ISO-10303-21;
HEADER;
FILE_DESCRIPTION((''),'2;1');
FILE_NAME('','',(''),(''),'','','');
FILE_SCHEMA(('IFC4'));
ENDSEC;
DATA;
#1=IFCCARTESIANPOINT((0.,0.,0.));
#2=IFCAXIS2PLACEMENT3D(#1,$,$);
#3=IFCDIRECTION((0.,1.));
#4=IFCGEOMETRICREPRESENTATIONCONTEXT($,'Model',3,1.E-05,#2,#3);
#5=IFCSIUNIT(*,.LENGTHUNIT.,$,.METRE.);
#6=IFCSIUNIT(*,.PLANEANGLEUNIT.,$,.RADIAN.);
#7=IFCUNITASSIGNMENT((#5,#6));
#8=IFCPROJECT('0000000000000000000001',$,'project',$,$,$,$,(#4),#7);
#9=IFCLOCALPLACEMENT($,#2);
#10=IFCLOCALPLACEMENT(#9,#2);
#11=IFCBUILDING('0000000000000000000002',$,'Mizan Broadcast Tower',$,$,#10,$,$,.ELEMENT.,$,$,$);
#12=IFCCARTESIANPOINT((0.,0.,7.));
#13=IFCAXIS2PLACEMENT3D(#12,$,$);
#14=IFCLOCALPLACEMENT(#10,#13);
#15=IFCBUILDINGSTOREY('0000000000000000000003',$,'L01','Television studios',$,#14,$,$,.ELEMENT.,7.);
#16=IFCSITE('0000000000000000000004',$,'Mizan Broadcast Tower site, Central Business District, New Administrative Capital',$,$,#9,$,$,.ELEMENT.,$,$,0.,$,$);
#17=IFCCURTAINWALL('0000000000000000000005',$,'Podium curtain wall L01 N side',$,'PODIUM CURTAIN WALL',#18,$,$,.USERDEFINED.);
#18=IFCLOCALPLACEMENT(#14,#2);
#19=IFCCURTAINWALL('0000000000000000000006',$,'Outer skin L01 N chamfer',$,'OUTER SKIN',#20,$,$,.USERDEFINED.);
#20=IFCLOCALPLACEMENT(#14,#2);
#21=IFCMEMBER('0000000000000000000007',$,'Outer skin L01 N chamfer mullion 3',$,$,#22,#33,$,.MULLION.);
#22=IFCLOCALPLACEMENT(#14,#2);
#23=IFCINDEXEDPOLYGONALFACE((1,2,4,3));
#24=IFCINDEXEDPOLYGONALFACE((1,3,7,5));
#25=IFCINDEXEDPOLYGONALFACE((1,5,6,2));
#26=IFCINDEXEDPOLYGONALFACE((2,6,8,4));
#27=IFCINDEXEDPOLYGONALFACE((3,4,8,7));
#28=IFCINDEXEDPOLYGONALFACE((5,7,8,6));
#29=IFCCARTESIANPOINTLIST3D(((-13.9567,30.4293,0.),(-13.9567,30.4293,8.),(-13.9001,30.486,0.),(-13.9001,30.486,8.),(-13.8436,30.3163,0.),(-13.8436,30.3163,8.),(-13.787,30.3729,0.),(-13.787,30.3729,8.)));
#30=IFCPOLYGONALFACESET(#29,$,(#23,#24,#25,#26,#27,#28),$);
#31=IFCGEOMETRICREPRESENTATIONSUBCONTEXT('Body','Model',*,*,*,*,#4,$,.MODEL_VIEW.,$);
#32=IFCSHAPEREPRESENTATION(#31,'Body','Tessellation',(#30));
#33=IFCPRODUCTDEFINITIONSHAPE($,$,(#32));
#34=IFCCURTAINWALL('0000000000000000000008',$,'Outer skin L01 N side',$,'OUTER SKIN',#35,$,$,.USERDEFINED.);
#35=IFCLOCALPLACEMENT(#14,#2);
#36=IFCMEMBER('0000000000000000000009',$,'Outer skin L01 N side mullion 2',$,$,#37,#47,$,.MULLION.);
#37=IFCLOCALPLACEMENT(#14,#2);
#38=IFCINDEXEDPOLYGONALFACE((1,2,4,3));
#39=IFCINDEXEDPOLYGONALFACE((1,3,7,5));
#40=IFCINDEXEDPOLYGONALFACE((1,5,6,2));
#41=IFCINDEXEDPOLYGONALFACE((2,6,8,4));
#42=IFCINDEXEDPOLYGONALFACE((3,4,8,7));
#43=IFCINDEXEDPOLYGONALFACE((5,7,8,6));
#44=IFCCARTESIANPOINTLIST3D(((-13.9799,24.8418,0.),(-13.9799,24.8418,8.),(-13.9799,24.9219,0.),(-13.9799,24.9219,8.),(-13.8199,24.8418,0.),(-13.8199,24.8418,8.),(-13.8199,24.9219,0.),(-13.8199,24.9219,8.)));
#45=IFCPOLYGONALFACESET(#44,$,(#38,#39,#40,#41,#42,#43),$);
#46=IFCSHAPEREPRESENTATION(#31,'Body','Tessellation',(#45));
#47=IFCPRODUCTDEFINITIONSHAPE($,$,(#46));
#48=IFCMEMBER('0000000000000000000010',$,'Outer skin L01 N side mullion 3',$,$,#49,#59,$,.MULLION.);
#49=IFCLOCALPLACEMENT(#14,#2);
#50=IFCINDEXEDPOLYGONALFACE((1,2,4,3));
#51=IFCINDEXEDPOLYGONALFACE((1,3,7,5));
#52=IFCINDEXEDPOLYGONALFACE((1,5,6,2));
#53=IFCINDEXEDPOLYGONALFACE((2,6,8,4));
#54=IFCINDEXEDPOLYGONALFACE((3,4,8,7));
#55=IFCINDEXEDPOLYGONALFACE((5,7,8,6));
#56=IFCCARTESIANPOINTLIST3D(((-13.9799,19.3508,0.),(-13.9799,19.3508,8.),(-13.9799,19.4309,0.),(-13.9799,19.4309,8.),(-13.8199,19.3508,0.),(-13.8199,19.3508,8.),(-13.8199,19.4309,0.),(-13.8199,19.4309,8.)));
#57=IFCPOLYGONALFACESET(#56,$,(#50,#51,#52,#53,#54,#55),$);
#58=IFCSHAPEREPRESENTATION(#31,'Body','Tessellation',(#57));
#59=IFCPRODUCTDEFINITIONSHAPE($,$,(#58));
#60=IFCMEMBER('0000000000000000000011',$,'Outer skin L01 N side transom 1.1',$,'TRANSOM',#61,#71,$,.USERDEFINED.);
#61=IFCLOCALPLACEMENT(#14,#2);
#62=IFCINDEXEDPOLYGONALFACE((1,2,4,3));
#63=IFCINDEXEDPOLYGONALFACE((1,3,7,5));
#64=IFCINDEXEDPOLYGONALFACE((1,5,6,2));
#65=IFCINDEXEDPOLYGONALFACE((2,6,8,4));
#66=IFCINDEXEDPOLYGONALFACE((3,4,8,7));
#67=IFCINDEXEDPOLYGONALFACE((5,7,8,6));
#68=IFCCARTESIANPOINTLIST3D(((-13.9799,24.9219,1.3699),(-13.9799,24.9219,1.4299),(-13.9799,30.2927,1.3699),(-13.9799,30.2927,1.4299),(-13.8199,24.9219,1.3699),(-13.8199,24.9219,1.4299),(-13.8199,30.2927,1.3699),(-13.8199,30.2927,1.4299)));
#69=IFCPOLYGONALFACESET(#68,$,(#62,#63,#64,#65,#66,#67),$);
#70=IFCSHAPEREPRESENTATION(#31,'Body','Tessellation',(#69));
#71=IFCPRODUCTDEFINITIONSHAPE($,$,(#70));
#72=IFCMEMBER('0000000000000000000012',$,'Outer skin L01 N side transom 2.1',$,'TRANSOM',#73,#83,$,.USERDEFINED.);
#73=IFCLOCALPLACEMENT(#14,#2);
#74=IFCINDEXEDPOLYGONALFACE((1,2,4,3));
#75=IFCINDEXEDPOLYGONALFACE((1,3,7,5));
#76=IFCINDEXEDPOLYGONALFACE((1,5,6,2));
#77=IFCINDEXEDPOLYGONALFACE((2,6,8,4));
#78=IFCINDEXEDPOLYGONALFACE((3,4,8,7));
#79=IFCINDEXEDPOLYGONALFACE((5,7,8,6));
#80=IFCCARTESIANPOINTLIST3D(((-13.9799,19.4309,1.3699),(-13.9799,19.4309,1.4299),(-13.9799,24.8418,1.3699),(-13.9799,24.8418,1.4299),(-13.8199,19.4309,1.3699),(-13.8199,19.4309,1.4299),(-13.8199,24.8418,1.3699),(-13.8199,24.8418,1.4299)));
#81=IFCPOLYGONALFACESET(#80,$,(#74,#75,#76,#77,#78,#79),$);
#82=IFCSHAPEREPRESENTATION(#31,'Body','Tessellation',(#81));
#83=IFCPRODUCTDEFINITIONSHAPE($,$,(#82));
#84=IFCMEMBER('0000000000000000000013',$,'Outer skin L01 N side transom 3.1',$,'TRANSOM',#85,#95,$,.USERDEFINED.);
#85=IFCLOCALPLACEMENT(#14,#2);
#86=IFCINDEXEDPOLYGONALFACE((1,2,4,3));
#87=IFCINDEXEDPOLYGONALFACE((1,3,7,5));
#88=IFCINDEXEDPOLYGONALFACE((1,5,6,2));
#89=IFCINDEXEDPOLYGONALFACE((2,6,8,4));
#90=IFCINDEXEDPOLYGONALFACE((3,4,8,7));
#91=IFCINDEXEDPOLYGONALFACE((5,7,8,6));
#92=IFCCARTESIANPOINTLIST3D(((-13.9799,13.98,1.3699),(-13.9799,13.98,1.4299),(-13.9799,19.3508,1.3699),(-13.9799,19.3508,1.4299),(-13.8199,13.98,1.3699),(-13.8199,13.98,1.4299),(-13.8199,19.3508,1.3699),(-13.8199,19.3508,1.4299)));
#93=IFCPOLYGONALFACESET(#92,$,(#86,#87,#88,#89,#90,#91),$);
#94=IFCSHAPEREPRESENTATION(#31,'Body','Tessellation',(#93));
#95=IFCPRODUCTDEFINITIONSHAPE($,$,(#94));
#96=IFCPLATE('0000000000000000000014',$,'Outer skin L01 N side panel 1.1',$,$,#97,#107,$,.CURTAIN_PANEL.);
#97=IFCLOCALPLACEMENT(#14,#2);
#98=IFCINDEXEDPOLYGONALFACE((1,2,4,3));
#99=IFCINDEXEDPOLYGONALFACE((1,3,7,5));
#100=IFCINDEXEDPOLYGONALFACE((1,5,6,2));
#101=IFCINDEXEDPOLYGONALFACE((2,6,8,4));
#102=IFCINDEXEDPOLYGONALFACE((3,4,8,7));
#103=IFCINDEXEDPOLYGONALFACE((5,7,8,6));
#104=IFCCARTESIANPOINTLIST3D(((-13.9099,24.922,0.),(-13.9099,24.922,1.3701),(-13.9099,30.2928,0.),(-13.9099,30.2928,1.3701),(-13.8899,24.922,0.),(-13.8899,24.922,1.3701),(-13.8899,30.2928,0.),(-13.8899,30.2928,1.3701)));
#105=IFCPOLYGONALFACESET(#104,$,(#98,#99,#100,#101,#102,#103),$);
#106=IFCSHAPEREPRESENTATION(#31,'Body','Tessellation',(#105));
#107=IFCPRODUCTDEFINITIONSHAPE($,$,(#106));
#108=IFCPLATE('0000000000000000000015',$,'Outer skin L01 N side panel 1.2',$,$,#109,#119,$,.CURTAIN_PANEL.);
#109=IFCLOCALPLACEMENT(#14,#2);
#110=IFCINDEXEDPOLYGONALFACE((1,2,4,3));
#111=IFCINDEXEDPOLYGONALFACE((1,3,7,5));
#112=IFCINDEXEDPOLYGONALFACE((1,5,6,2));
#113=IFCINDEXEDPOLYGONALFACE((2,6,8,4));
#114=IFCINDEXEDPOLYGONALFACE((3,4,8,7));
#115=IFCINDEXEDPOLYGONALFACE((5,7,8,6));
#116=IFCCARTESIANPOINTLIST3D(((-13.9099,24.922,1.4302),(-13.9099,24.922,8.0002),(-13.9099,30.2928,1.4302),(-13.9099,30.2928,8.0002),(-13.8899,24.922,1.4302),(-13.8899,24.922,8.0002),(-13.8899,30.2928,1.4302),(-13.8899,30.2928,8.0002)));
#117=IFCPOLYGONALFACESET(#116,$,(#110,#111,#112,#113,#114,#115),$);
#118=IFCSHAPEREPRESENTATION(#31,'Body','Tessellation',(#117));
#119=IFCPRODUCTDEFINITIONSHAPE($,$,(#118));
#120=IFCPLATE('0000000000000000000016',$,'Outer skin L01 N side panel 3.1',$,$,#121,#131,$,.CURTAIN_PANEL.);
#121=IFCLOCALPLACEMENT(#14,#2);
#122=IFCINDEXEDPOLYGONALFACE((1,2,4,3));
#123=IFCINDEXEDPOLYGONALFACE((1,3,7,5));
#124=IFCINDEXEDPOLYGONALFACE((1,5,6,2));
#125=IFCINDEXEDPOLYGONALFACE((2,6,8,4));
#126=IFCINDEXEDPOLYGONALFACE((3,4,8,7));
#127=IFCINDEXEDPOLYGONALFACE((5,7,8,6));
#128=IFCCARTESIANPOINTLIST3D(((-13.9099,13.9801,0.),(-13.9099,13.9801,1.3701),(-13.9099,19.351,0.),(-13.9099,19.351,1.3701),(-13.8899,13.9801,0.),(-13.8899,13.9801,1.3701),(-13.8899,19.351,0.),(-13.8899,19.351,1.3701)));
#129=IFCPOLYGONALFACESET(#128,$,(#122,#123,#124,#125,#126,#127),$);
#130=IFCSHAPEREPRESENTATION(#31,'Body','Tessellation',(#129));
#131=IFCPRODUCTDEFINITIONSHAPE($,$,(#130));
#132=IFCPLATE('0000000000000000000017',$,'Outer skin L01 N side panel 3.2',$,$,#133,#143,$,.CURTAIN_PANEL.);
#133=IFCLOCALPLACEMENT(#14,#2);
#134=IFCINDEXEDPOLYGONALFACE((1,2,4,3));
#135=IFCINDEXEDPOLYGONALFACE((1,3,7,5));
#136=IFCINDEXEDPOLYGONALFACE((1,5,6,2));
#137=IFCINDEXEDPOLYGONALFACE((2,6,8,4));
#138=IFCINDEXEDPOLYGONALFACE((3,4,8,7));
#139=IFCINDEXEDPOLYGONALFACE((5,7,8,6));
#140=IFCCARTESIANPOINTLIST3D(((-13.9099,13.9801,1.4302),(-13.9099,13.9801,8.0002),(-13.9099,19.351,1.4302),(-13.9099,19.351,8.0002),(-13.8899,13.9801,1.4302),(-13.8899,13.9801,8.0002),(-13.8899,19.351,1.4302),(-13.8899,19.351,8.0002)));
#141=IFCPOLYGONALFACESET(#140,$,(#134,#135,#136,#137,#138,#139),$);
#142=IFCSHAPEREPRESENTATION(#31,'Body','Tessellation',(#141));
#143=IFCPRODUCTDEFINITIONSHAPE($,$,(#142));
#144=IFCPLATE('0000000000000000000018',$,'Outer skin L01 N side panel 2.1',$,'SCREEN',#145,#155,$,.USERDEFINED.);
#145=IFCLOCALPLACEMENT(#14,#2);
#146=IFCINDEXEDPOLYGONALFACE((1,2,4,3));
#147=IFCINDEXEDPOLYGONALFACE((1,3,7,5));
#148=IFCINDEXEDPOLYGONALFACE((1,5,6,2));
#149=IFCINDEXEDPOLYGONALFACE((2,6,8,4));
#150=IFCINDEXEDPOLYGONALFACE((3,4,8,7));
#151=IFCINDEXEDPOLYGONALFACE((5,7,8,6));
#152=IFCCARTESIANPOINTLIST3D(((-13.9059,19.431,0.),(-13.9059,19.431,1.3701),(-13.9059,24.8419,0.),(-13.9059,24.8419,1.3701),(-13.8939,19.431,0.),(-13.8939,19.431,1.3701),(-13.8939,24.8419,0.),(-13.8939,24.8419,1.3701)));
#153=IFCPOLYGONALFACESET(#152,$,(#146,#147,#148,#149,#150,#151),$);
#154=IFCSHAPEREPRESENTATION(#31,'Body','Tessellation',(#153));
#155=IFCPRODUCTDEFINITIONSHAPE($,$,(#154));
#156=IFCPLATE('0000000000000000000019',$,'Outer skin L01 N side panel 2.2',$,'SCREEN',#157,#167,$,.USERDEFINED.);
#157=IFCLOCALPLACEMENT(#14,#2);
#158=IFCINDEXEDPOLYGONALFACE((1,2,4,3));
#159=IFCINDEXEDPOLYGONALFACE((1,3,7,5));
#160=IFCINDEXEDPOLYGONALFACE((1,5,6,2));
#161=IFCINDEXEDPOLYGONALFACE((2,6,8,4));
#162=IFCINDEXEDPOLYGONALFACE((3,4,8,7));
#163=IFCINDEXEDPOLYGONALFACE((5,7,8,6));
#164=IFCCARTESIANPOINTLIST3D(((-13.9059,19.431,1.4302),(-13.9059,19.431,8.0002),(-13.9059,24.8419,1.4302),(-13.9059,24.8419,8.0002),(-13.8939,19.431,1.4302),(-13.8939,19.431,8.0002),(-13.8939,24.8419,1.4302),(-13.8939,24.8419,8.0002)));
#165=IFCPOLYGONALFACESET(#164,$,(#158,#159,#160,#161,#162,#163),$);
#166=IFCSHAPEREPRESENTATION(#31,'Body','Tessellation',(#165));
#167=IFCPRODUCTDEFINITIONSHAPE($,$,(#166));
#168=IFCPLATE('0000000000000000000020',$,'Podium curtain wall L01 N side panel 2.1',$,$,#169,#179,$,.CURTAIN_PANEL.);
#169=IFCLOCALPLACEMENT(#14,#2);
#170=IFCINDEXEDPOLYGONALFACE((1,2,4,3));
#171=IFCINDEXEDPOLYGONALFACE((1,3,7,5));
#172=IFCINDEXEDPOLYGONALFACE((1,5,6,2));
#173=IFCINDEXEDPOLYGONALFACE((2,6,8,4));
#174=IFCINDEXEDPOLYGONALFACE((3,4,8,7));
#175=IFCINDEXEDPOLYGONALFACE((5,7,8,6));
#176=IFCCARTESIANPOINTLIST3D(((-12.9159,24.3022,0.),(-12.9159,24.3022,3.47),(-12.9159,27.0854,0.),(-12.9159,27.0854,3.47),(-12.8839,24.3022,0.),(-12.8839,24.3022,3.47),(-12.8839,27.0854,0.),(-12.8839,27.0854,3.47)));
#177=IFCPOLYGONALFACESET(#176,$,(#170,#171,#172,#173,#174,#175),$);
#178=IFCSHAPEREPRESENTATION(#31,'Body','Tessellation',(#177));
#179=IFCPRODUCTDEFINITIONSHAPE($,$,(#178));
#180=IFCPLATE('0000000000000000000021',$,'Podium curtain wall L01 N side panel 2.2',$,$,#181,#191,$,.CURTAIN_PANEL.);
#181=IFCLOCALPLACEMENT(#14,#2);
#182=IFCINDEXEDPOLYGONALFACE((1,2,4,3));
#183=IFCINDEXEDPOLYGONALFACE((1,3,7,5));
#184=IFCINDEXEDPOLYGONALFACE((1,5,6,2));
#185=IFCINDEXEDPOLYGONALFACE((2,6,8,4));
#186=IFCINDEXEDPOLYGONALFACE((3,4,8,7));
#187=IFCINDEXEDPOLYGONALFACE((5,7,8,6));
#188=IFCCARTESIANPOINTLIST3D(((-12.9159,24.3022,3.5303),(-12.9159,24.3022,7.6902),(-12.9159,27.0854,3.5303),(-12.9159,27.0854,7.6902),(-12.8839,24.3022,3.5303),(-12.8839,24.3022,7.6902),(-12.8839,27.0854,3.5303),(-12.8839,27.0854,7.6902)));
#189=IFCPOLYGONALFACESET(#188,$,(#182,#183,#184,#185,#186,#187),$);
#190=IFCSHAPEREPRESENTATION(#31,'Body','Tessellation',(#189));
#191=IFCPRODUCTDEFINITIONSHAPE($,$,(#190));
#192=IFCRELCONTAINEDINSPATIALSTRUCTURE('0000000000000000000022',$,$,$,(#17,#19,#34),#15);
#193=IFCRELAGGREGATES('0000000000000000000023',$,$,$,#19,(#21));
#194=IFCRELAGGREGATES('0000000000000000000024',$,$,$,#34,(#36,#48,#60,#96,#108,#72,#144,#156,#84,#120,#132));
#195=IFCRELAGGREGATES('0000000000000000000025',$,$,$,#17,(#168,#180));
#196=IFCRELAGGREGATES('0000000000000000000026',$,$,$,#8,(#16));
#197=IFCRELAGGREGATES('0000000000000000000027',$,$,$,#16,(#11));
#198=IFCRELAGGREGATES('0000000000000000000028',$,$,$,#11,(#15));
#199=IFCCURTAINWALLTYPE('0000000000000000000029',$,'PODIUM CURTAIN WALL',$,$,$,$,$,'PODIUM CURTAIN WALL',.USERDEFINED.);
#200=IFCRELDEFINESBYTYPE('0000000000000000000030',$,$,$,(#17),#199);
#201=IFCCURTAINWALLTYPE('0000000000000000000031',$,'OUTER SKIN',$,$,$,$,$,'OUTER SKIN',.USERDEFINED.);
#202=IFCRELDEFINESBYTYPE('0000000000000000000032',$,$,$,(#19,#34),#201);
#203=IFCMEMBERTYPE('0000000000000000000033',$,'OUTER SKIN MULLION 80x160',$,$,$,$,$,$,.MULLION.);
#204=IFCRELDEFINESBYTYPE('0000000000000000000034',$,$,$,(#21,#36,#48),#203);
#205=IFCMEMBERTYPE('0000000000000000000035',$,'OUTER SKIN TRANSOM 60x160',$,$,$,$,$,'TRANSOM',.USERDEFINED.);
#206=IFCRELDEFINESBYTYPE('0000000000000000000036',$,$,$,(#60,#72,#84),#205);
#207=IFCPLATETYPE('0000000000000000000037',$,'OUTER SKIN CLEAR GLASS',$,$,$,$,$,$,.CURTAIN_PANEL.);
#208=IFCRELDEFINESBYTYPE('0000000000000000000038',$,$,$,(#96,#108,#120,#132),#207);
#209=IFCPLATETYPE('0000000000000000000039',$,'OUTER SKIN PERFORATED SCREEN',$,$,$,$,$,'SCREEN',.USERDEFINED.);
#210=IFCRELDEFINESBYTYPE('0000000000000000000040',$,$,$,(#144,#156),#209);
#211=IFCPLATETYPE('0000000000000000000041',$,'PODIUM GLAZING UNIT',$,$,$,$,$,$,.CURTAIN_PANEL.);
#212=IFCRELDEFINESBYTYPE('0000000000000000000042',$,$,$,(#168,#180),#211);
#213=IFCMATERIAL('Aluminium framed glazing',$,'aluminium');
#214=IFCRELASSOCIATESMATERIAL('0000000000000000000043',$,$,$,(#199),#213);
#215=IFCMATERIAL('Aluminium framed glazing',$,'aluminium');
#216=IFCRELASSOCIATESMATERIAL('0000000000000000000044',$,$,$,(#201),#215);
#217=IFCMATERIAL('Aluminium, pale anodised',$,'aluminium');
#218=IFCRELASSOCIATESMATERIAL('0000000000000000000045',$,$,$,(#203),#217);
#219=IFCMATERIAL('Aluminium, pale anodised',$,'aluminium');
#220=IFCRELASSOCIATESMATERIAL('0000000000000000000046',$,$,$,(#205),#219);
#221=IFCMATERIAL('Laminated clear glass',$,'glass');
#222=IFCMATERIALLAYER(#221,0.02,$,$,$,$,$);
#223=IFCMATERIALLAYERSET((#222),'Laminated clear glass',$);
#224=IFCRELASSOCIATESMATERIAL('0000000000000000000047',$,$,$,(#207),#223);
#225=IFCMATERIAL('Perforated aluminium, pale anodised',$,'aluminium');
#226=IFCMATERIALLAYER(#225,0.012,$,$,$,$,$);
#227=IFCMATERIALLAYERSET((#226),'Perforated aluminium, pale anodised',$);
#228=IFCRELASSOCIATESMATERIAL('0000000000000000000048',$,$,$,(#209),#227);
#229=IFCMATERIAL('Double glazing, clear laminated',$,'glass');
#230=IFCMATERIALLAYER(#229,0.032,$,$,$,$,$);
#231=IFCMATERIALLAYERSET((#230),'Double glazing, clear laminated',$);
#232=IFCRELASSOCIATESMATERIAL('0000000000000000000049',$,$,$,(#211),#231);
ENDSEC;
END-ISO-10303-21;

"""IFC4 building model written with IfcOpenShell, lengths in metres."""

from ifc_helpers import new_model, si_unit, direction, frame, origin, origin_2d, place, context, subcontext, project, spatial, rectangle, extrude, material, layer, layer_set, material_profile, profile_set, type_object, element, aggregate, save


model = new_model("IFC4")

# Units and contexts
model_context = context("Model", 3, precision=1e-05, world=origin(), true_north=direction((0.0, 1.0)))
body_context = subcontext(model_context, "Body", "Model", "MODEL_VIEW")
ifc_project = project(units=[si_unit("LENGTHUNIT", "METRE"), si_unit("PLANEANGLEUNIT", "RADIAN")], contexts=[model_context])

# Site, building, storey
site_placement = place(None, origin())
site = spatial("IfcSite", under=ifc_project, at=site_placement, Name="Mizan Broadcast Tower site, Central Business District, New Administrative Capital", CompositionType="ELEMENT", RefElevation=0.0)
building_placement = place(site_placement, origin())
building = spatial("IfcBuilding", under=site, at=building_placement, Name="Mizan Broadcast Tower", CompositionType="ELEMENT")
storey_placement = place(building_placement, frame((0.0, 0.0, 7.0)))
storey = spatial("IfcBuildingStorey", under=building, at=storey_placement, Name="L01", Description="Television studios", CompositionType="ELEMENT", Elevation=7.0)

# Curtain wall
ifc_material_1 = material(Name="Aluminium framed glazing", Category="aluminium")
curtain_wall_type_1 = type_object("IfcCurtainWallType", Name="PODIUM CURTAIN WALL", ElementType="PODIUM CURTAIN WALL", PredefinedType="USERDEFINED", material=ifc_material_1)
curtain_wall_1_placement = place(storey_placement, origin())
curtain_wall_1 = element("IfcCurtainWall", 1, at=curtain_wall_1_placement, inside=storey, type_object=curtain_wall_type_1, Name="Podium curtain wall L01 N side", ObjectType="PODIUM CURTAIN WALL", PredefinedType="USERDEFINED")

# Curtain wall, member
ifc_material_2 = material(Name="Aluminium framed glazing", Category="aluminium")
curtain_wall_type_2 = type_object("IfcCurtainWallType", Name="OUTER SKIN", ElementType="OUTER SKIN", PredefinedType="USERDEFINED", material=ifc_material_2)
curtain_wall_2_placement = place(storey_placement, origin())
curtain_wall_2 = element("IfcCurtainWall", 2, at=curtain_wall_2_placement, inside=storey, type_object=curtain_wall_type_2, Name="Outer skin L01 N chamfer", ObjectType="OUTER SKIN", PredefinedType="USERDEFINED")
ifc_material_3 = material(Name="Aluminium, pale anodised", Category="aluminium")
ifc_material_profile_1 = material_profile(ifc_material_3, rectangle(XDim=0.1599, YDim=0.0801, at=origin_2d()), Name="MULLION 160x80")
ifc_profile_set_1 = profile_set([ifc_material_profile_1], Name="Aluminium, pale anodised")
member_type_1 = type_object("IfcMemberType", Name="OUTER SKIN MULLION 80x160", PredefinedType="MULLION", material=ifc_profile_set_1)
member_1_placement = place(storey_placement, frame((-13.8718, 30.4011, 0.0), z_axis=(0.0, 0.0, 1.0), x_axis=(0.707107, -0.707107, 0.0)))
member_1 = element("IfcMember", 3, at=member_1_placement, type_object=member_type_1, Name="Outer skin L01 N chamfer mullion 3", PredefinedType="MULLION", context=body_context, shape_type="SweptSolid", body=[
    extrude(rectangle(XDim=0.1599, YDim=0.0801, at=origin_2d()), origin(), (0.0, 0.0, 1.0), 8.0),
])
aggregate(curtain_wall_2, [member_1])

# Curtain wall, members, plates
curtain_wall_3_placement = place(storey_placement, origin())
curtain_wall_3 = element("IfcCurtainWall", 4, at=curtain_wall_3_placement, inside=storey, type_object=curtain_wall_type_2, Name="Outer skin L01 N side", ObjectType="OUTER SKIN", PredefinedType="USERDEFINED")
member_2_placement = place(storey_placement, frame((-13.8999, 24.8818, 0.0), z_axis=(0.0, 0.0, 1.0), x_axis=(1.0, 0.0, 0.0)))
member_2 = element("IfcMember", 5, at=member_2_placement, type_object=member_type_1, Name="Outer skin L01 N side mullion 2", PredefinedType="MULLION", context=body_context, shape_type="SweptSolid", body=[
    extrude(rectangle(XDim=0.1599, YDim=0.0801, at=origin_2d()), origin(), (0.0, 0.0, 1.0), 8.0),
])
member_3_placement = place(storey_placement, frame((-13.8999, 19.3909, 0.0), z_axis=(0.0, 0.0, 1.0), x_axis=(1.0, 0.0, 0.0)))
member_3 = element("IfcMember", 6, at=member_3_placement, type_object=member_type_1, Name="Outer skin L01 N side mullion 3", PredefinedType="MULLION", context=body_context, shape_type="SweptSolid", body=[
    extrude(rectangle(XDim=0.1599, YDim=0.0801, at=origin_2d()), origin(), (0.0, 0.0, 1.0), 8.0),
])
ifc_material_4 = material(Name="Aluminium, pale anodised", Category="aluminium")
ifc_material_profile_2 = material_profile(ifc_material_4, rectangle(XDim=0.1599, YDim=0.0601, at=origin_2d()), Name="TRANSOM 160x60")
ifc_profile_set_2 = profile_set([ifc_material_profile_2], Name="Aluminium, pale anodised")
member_type_2 = type_object("IfcMemberType", Name="OUTER SKIN TRANSOM 60x160", ElementType="TRANSOM", PredefinedType="USERDEFINED", material=ifc_profile_set_2)
member_4_placement = place(storey_placement, frame((-13.8999, 30.2927, 1.3999), z_axis=(0.0, -1.0, 0.0), x_axis=(1.0, 0.0, 0.0)))
member_4 = element("IfcMember", 7, at=member_4_placement, type_object=member_type_2, Name="Outer skin L01 N side transom 1.1", ObjectType="TRANSOM", PredefinedType="USERDEFINED", context=body_context, shape_type="SweptSolid", body=[
    extrude(rectangle(XDim=0.1599, YDim=0.0601, at=origin_2d()), origin(), (0.0, 0.0, 1.0), 5.3708),
])
member_5_placement = place(storey_placement, frame((-13.8999, 24.8418, 1.3999), z_axis=(0.0, -1.0, 0.0), x_axis=(1.0, 0.0, 0.0)))
member_5 = element("IfcMember", 8, at=member_5_placement, type_object=member_type_2, Name="Outer skin L01 N side transom 2.1", ObjectType="TRANSOM", PredefinedType="USERDEFINED", context=body_context, shape_type="SweptSolid", body=[
    extrude(rectangle(XDim=0.1599, YDim=0.0601, at=origin_2d()), origin(), (0.0, 0.0, 1.0), 5.4109),
])
member_6_placement = place(storey_placement, frame((-13.8999, 19.3508, 1.3999), z_axis=(0.0, -1.0, 0.0), x_axis=(1.0, 0.0, 0.0)))
member_6 = element("IfcMember", 9, at=member_6_placement, type_object=member_type_2, Name="Outer skin L01 N side transom 3.1", ObjectType="TRANSOM", PredefinedType="USERDEFINED", context=body_context, shape_type="SweptSolid", body=[
    extrude(rectangle(XDim=0.1599, YDim=0.0601, at=origin_2d()), origin(), (0.0, 0.0, 1.0), 5.3708),
])
ifc_material_5 = material(Name="Laminated clear glass", Category="glass")
ifc_layer_1 = layer(ifc_material_5, 0.02)
ifc_layer_set_1 = layer_set([ifc_layer_1], Name="Laminated clear glass")
plate_type_1 = type_object("IfcPlateType", Name="OUTER SKIN CLEAR GLASS", PredefinedType="CURTAIN_PANEL", material=ifc_layer_set_1)
plate_1_placement = place(storey_placement, frame((-13.8999, 27.6074, 0.0), z_axis=(0.0, 0.0, 1.0), x_axis=(0.0, -1.0, 0.0)))
plate_1 = element("IfcPlate", 10, at=plate_1_placement, type_object=plate_type_1, Name="Outer skin L01 N side panel 1.1", PredefinedType="CURTAIN_PANEL", context=body_context, shape_type="SweptSolid", body=[
    extrude(rectangle(XDim=5.3708, YDim=0.02, at=origin_2d()), origin(), (0.0, 0.0, 1.0), 1.3701),
])
plate_2_placement = place(storey_placement, frame((-13.8999, 27.6074, 1.4302), z_axis=(0.0, 0.0, 1.0), x_axis=(0.0, -1.0, 0.0)))
plate_2 = element("IfcPlate", 11, at=plate_2_placement, type_object=plate_type_1, Name="Outer skin L01 N side panel 1.2", PredefinedType="CURTAIN_PANEL", context=body_context, shape_type="SweptSolid", body=[
    extrude(rectangle(XDim=5.3708, YDim=0.02, at=origin_2d()), origin(), (0.0, 0.0, 1.0), 6.5701),
])
plate_3_placement = place(storey_placement, frame((-13.8999, 16.6655, 0.0), z_axis=(0.0, 0.0, 1.0), x_axis=(0.0, -1.0, 0.0)))
plate_3 = element("IfcPlate", 12, at=plate_3_placement, type_object=plate_type_1, Name="Outer skin L01 N side panel 3.1", PredefinedType="CURTAIN_PANEL", context=body_context, shape_type="SweptSolid", body=[
    extrude(rectangle(XDim=5.3708, YDim=0.02, at=origin_2d()), origin(), (0.0, 0.0, 1.0), 1.3701),
])
plate_4_placement = place(storey_placement, frame((-13.8999, 16.6655, 1.4302), z_axis=(0.0, 0.0, 1.0), x_axis=(0.0, -1.0, 0.0)))
plate_4 = element("IfcPlate", 13, at=plate_4_placement, type_object=plate_type_1, Name="Outer skin L01 N side panel 3.2", PredefinedType="CURTAIN_PANEL", context=body_context, shape_type="SweptSolid", body=[
    extrude(rectangle(XDim=5.3708, YDim=0.02, at=origin_2d()), origin(), (0.0, 0.0, 1.0), 6.5701),
])
ifc_material_6 = material(Name="Perforated aluminium, pale anodised", Category="aluminium")
ifc_layer_2 = layer(ifc_material_6, 0.012)
ifc_layer_set_2 = layer_set([ifc_layer_2], Name="Perforated aluminium, pale anodised")
plate_type_2 = type_object("IfcPlateType", Name="OUTER SKIN PERFORATED SCREEN", ElementType="SCREEN", PredefinedType="USERDEFINED", material=ifc_layer_set_2)
plate_5_placement = place(storey_placement, frame((-13.8999, 22.1365, 0.0), z_axis=(0.0, 0.0, 1.0), x_axis=(0.0, -1.0, 0.0)))
plate_5 = element("IfcPlate", 14, at=plate_5_placement, type_object=plate_type_2, Name="Outer skin L01 N side panel 2.1", ObjectType="SCREEN", PredefinedType="USERDEFINED", context=body_context, shape_type="SweptSolid", body=[
    extrude(rectangle(XDim=5.4109, YDim=0.012, at=origin_2d()), origin(), (0.0, 0.0, 1.0), 1.3701),
])
plate_6_placement = place(storey_placement, frame((-13.8999, 22.1365, 1.4302), z_axis=(0.0, 0.0, 1.0), x_axis=(0.0, -1.0, 0.0)))
plate_6 = element("IfcPlate", 15, at=plate_6_placement, type_object=plate_type_2, Name="Outer skin L01 N side panel 2.2", ObjectType="SCREEN", PredefinedType="USERDEFINED", context=body_context, shape_type="SweptSolid", body=[
    extrude(rectangle(XDim=5.4109, YDim=0.012, at=origin_2d()), origin(), (0.0, 0.0, 1.0), 6.5701),
])
aggregate(curtain_wall_3, [member_2, member_3, member_4, plate_1, plate_2, member_5, plate_5, plate_6, member_6, plate_3, plate_4])

# Plates
ifc_material_7 = material(Name="Double glazing, clear laminated", Category="glass")
ifc_layer_3 = layer(ifc_material_7, 0.032)
ifc_layer_set_3 = layer_set([ifc_layer_3], Name="Double glazing, clear laminated")
plate_type_3 = type_object("IfcPlateType", Name="PODIUM GLAZING UNIT", PredefinedType="CURTAIN_PANEL", material=ifc_layer_set_3)
plate_7_placement = place(storey_placement, frame((-12.8999, 25.6938, 0.0), z_axis=(0.0, 0.0, 1.0), x_axis=(0.0, -1.0, 0.0)))
plate_7 = element("IfcPlate", 16, at=plate_7_placement, type_object=plate_type_3, Name="Podium curtain wall L01 N side panel 2.1", PredefinedType="CURTAIN_PANEL", context=body_context, shape_type="SweptSolid", body=[
    extrude(rectangle(XDim=2.7832, YDim=0.032, at=origin_2d()), origin(), (0.0, 0.0, 1.0), 3.47),
])
plate_8_placement = place(storey_placement, frame((-12.8999, 25.6938, 3.5303), z_axis=(0.0, 0.0, 1.0), x_axis=(0.0, -1.0, 0.0)))
plate_8 = element("IfcPlate", 17, at=plate_8_placement, type_object=plate_type_3, Name="Podium curtain wall L01 N side panel 2.2", PredefinedType="CURTAIN_PANEL", context=body_context, shape_type="SweptSolid", body=[
    extrude(rectangle(XDim=2.7832, YDim=0.032, at=origin_2d()), origin(), (0.0, 0.0, 1.0), 4.1599),
])
aggregate(curtain_wall_1, [plate_7, plate_8])

save(model, "model.ifc")
